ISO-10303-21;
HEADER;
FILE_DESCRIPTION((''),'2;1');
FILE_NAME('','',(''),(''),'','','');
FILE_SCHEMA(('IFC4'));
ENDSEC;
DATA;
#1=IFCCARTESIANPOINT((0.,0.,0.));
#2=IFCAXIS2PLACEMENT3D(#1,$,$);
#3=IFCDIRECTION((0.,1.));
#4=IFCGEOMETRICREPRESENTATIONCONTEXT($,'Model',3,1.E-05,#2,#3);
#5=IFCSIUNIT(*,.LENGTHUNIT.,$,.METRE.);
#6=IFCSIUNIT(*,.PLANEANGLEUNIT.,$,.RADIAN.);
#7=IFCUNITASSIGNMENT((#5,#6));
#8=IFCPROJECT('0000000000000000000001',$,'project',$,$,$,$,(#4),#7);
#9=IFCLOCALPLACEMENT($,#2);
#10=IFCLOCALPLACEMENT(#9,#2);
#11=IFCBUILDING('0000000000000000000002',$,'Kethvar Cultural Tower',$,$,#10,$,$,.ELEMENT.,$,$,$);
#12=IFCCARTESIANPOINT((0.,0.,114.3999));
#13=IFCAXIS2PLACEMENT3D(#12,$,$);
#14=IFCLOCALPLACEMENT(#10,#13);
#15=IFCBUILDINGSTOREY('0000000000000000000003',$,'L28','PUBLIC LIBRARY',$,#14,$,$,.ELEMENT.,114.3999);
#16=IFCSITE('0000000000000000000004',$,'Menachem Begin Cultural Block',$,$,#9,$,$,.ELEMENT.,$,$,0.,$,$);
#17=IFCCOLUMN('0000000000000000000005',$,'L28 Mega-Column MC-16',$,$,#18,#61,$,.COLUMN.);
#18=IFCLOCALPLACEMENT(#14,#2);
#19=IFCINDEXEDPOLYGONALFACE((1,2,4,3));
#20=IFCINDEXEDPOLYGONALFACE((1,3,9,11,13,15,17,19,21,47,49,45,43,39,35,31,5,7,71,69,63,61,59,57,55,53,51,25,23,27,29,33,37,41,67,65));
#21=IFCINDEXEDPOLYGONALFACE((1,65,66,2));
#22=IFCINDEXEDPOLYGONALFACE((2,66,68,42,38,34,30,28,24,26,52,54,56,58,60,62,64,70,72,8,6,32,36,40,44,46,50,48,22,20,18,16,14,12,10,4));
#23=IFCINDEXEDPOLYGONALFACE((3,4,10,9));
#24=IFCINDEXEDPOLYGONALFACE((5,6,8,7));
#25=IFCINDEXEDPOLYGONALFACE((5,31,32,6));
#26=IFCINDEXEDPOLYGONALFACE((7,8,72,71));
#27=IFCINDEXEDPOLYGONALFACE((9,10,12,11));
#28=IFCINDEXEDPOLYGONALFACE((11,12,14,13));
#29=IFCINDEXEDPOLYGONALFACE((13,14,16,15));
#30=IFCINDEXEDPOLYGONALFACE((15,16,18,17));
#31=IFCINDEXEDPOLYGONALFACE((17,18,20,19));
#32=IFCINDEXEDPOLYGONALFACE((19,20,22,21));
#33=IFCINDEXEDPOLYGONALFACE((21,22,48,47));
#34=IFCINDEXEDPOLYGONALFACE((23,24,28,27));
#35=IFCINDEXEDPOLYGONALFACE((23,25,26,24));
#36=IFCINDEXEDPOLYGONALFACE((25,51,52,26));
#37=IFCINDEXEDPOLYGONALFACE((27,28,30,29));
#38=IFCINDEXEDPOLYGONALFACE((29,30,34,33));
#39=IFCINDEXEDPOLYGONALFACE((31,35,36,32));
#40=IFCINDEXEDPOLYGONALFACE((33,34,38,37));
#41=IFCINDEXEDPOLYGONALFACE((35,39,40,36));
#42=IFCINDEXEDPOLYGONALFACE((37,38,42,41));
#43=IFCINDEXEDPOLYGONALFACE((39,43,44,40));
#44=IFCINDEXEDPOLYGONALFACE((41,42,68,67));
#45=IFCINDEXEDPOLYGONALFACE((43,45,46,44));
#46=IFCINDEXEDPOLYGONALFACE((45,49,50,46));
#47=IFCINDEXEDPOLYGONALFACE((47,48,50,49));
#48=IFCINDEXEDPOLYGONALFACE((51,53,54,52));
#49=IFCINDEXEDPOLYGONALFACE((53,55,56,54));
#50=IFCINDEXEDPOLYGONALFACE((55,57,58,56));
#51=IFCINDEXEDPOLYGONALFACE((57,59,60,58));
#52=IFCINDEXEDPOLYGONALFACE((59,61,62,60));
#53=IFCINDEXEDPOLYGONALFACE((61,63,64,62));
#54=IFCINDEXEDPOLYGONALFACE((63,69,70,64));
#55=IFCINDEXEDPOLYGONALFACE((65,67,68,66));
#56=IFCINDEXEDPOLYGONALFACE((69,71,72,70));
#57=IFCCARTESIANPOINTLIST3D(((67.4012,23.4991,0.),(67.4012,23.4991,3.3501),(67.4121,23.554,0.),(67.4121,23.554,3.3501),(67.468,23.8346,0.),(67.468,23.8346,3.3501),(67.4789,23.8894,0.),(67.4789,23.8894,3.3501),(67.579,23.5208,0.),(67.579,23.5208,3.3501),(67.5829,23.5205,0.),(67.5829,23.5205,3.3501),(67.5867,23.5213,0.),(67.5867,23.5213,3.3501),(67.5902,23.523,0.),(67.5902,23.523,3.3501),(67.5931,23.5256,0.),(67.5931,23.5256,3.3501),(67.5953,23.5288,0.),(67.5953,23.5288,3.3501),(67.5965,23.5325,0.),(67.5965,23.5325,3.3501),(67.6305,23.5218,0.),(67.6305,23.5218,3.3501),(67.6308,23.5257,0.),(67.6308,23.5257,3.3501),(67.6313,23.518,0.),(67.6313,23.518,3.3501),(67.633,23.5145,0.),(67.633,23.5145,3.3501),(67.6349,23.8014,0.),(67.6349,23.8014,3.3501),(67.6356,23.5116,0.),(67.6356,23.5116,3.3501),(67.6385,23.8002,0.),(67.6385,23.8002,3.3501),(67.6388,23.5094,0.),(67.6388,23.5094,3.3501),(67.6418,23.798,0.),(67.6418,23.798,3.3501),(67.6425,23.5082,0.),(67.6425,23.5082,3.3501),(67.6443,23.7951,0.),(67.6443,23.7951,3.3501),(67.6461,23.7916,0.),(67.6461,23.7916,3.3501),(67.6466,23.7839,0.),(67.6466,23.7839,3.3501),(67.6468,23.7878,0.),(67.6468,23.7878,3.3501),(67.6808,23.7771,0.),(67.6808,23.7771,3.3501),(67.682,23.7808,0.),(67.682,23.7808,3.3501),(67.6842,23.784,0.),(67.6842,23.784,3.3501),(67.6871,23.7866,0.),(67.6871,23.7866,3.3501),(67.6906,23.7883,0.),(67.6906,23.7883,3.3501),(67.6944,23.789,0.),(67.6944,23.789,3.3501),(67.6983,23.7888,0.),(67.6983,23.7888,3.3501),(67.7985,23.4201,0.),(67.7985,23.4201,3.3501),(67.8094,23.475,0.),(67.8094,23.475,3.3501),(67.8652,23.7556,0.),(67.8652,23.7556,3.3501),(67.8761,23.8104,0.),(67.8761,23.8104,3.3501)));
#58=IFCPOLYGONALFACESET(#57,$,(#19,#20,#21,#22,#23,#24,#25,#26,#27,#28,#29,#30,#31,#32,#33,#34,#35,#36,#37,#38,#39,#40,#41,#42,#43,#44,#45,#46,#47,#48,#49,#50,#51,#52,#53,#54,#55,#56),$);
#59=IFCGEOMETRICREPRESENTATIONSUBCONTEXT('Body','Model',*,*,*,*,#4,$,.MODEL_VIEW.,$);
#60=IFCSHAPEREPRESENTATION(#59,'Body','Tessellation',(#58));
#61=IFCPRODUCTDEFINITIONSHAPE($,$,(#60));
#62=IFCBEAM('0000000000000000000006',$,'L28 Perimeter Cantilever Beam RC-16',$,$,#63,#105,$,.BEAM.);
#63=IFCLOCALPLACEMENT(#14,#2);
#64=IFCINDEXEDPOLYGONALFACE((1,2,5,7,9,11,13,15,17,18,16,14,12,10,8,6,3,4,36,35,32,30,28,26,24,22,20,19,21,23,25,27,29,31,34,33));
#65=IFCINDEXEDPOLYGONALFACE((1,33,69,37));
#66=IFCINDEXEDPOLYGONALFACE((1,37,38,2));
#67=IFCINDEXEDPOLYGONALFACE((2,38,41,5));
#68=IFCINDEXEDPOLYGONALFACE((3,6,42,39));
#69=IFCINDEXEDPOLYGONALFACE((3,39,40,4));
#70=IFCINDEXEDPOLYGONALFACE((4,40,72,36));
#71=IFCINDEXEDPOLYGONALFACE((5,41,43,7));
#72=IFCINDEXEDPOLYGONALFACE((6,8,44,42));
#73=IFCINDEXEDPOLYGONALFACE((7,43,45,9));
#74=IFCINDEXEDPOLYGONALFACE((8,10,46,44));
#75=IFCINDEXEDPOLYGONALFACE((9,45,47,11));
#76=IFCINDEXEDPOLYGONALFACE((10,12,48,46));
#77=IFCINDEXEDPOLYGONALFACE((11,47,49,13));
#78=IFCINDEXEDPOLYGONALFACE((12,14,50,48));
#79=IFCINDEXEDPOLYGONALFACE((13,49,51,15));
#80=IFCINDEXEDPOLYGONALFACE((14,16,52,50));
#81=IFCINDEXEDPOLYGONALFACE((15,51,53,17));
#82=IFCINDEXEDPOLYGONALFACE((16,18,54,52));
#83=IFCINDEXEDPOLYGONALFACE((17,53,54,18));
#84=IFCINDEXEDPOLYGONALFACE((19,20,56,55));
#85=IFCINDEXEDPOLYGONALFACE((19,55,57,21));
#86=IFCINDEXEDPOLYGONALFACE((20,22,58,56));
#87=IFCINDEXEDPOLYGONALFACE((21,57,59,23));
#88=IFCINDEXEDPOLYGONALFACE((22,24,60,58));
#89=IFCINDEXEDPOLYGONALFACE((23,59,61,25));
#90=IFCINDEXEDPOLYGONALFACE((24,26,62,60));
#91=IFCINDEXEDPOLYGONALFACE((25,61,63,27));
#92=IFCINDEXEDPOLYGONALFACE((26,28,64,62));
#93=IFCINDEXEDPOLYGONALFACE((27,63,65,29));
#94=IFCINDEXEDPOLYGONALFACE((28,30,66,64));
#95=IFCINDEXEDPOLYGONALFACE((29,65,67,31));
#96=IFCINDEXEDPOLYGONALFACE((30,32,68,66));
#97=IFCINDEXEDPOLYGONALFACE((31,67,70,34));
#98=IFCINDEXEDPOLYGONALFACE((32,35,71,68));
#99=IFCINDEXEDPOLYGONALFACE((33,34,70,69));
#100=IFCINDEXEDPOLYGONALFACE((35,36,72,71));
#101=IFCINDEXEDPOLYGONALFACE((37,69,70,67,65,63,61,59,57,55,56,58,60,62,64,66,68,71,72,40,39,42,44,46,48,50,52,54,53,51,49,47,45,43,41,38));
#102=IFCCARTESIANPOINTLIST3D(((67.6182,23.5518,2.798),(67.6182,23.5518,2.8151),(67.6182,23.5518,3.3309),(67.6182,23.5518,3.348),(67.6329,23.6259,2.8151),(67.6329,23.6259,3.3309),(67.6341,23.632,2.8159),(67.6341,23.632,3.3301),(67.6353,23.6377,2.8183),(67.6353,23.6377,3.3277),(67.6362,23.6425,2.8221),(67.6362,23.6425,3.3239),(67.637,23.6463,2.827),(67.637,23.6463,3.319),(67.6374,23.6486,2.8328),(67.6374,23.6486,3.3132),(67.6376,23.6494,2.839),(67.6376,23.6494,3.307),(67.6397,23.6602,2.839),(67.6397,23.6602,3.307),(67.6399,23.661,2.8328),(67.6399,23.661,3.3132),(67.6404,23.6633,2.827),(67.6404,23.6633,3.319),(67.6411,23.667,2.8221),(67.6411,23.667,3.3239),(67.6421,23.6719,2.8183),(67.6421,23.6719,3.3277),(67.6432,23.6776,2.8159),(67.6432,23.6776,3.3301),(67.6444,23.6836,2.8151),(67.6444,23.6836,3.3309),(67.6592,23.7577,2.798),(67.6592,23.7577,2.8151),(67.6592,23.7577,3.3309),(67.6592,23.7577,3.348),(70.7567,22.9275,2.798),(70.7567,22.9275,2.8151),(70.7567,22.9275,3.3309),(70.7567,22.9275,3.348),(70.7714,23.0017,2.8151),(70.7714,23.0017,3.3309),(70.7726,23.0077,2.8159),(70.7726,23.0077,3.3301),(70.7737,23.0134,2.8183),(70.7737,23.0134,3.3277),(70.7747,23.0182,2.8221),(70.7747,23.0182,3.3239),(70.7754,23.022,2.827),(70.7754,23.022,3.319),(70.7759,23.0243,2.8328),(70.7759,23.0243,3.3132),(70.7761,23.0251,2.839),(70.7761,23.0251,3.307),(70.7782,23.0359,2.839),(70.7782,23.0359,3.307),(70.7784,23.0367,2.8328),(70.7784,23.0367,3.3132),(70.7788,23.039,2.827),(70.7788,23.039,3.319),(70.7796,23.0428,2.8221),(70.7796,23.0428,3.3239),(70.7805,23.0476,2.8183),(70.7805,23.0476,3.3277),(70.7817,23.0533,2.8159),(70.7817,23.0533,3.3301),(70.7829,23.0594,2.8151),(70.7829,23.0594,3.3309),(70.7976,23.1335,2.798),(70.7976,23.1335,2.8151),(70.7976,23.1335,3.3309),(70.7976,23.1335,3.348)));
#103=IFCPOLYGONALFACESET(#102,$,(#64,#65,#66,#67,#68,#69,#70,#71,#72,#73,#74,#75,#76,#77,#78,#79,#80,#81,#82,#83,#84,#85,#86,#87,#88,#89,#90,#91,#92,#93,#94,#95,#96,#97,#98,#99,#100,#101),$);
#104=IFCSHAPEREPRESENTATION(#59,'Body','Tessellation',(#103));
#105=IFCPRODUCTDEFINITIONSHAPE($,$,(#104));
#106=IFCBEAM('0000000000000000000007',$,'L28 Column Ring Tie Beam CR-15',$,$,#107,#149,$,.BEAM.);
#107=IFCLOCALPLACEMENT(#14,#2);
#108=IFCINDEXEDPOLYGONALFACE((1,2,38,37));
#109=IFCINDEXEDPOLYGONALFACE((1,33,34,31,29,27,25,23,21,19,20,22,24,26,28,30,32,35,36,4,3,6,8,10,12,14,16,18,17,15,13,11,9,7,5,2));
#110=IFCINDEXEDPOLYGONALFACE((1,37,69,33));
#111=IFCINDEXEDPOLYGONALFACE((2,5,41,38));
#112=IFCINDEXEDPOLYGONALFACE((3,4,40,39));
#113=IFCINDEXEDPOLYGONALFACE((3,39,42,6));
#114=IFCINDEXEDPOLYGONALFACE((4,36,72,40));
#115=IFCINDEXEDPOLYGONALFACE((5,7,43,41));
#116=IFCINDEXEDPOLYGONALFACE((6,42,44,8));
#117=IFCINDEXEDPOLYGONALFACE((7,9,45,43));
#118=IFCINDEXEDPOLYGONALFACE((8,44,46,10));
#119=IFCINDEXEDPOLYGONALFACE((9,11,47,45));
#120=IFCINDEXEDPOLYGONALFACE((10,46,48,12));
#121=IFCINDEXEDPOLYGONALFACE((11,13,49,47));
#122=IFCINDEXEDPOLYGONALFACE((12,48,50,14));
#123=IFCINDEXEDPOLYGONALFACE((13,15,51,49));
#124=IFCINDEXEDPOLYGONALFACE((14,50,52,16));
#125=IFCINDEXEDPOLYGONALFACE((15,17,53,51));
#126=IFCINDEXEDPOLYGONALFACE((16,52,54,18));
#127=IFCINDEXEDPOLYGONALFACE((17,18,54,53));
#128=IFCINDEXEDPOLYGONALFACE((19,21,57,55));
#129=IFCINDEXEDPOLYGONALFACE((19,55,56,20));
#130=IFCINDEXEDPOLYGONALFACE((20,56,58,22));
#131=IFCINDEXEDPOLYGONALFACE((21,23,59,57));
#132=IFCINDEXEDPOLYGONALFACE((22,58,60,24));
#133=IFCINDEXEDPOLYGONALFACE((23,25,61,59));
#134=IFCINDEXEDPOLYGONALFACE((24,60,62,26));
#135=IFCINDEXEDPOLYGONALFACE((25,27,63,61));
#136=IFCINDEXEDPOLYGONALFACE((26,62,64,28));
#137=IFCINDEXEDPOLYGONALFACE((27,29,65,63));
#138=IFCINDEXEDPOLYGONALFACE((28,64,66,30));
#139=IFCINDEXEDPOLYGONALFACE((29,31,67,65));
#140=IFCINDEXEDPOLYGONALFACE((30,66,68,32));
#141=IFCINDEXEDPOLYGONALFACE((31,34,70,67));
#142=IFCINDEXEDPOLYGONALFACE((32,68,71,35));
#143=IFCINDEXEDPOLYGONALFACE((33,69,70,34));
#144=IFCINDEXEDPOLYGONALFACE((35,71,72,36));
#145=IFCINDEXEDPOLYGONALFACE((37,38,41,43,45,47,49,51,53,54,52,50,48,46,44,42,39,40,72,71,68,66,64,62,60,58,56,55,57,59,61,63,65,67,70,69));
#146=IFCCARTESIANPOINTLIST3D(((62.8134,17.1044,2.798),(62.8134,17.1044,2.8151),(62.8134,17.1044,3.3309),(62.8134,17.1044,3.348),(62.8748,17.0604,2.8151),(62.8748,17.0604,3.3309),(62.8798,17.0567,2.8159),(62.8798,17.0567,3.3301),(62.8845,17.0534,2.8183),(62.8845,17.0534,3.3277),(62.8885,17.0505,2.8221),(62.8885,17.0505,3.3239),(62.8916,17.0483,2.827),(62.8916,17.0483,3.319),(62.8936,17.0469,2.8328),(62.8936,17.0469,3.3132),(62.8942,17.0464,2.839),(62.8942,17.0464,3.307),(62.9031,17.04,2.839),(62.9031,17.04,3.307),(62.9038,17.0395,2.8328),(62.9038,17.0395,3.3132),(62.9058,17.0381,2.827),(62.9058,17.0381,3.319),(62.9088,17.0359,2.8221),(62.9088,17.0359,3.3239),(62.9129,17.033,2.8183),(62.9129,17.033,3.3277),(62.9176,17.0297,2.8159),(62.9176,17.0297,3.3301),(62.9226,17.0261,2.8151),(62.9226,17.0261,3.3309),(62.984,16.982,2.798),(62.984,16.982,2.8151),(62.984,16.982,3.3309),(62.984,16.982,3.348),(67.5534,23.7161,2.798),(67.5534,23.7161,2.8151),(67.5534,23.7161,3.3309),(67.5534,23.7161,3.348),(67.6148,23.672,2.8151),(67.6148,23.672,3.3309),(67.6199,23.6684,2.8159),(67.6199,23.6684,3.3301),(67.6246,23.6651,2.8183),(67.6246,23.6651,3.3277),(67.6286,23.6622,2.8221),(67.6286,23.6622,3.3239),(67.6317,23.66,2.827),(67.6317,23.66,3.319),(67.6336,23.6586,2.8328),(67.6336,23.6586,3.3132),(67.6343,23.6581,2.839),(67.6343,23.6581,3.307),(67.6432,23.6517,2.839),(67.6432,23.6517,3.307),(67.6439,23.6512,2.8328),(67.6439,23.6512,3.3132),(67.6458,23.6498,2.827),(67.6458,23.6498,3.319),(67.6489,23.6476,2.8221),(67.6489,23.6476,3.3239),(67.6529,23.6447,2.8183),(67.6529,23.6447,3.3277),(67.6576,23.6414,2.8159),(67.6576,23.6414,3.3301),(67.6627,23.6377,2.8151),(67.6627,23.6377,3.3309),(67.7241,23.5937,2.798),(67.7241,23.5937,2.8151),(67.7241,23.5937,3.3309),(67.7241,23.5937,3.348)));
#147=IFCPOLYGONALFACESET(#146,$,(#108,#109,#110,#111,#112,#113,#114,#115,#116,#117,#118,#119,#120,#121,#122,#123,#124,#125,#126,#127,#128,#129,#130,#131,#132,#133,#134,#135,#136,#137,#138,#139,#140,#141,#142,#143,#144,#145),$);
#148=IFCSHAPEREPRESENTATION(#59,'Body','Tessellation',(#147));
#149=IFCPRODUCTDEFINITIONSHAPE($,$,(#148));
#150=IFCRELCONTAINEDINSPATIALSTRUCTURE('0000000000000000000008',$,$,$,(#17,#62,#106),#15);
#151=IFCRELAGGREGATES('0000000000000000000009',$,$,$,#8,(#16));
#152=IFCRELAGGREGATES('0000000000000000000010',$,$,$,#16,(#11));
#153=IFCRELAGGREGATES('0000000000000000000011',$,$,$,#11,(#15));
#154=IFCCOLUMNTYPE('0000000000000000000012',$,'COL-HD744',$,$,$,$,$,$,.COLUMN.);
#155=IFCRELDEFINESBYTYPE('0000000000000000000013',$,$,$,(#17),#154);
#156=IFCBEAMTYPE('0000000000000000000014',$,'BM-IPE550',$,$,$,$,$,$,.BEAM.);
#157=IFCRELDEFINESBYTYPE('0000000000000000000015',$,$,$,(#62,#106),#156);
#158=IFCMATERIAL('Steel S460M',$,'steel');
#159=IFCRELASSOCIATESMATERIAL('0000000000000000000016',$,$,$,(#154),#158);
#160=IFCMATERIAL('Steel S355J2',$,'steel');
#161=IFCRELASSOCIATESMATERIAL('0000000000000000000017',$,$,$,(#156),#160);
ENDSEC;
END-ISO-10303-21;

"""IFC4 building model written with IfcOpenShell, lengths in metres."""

from ifc_helpers import new_model, si_unit, direction, frame, origin, origin_2d, place, context, subcontext, project, spatial, i_section, extrude, source, transform, mapped, material, material_profile, profile_set, type_object, element, save


model = new_model("IFC4")

# Units and contexts
model_context = context("Model", 3, precision=1e-05, world=origin(), true_north=direction((0.0, 1.0)))
body_context = subcontext(model_context, "Body", "Model", "MODEL_VIEW")
ifc_project = project(units=[si_unit("LENGTHUNIT", "METRE"), si_unit("PLANEANGLEUNIT", "RADIAN")], contexts=[model_context])

# Site, building, storey
site_placement = place(None, origin())
site = spatial("IfcSite", under=ifc_project, at=site_placement, Name="Menachem Begin Cultural Block", CompositionType="ELEMENT", RefElevation=0.0)
building_placement = place(site_placement, origin())
building = spatial("IfcBuilding", under=site, at=building_placement, Name="Kethvar Cultural Tower", CompositionType="ELEMENT")
storey_placement = place(building_placement, frame((0.0, 0.0, 114.3999)))
storey = spatial("IfcBuildingStorey", under=building, at=storey_placement, Name="L28", Description="PUBLIC LIBRARY", CompositionType="ELEMENT", Elevation=114.3999)

# Column
ifc_material_1 = material(Name="Steel S460M", Category="steel")
ifc_material_profile_1 = material_profile(ifc_material_1, i_section(OverallWidth=0.405, OverallDepth=0.3979, WebThickness=0.0349, FlangeThickness=0.0559, FilletRadius=0.0149, at=origin_2d()), Name="Steel S460M — HD400x744")
ifc_profile_set_1 = profile_set([ifc_material_profile_1], Name="Steel S460M — HD400x744")
column_type = type_object("IfcColumnType", Name="COL-HD744", PredefinedType="COLUMN", material=ifc_profile_set_1)
shared_shape_1 = source(origin(), body_context, "Body", "SweptSolid", [
    extrude(i_section(OverallWidth=0.405, OverallDepth=0.3979, WebThickness=0.0349, FlangeThickness=0.0559, FilletRadius=0.0149, at=origin_2d()), origin(), (0.0, 0.0, 1.0), 3.3501),
])
column_placement = place(storey_placement, frame((67.6387, 23.6548, 0.0), z_axis=(0.0, 0.0, 1.0), x_axis=(0.980785, -0.19509, 0.0)))
element("IfcColumn", 1, at=column_placement, inside=storey, type_object=column_type, Name="L28 Mega-Column MC-16", PredefinedType="COLUMN", context=body_context, shape_type="MappedRepresentation", body=[
    mapped(shared_shape_1, transform((0.0, 0.0, 0.0), scale=1.0)),
])

# Beams
ifc_material_2 = material(Name="Steel S355J2", Category="steel")
ifc_material_profile_2 = material_profile(ifc_material_2, i_section(OverallWidth=0.21, OverallDepth=0.55, WebThickness=0.011, FlangeThickness=0.0171, FilletRadius=0.0239, at=origin_2d()), Name="Steel S355J2 — IPE550")
ifc_profile_set_2 = profile_set([ifc_material_profile_2], Name="Steel S355J2 — IPE550")
beam_type_1 = type_object("IfcBeamType", Name="BM-IPE550", PredefinedType="BEAM", material=ifc_profile_set_2)
shared_shape_2 = source(origin(), body_context, "Body", "SweptSolid", [
    extrude(i_section(OverallWidth=0.21, OverallDepth=0.55, WebThickness=0.011, FlangeThickness=0.0171, FilletRadius=0.0239, at=origin_2d()), origin(), (0.0, 0.0, 1.0), 3.2),
])
beam_1_placement = place(storey_placement, frame((67.6387, 23.6548, 3.073), z_axis=(0.980786, -0.195089, 0.0), x_axis=(0.195089, 0.980786, 0.0)))
element("IfcBeam", 2, at=beam_1_placement, inside=storey, type_object=beam_type_1, Name="L28 Perimeter Cantilever Beam RC-16", PredefinedType="BEAM", context=body_context, shape_type="MappedRepresentation", body=[
    mapped(shared_shape_2, transform((0.0, 0.0, 0.0), scale=1.0)),
])
shared_shape_3 = source(origin(), body_context, "Body", "SweptSolid", [
    extrude(i_section(OverallWidth=0.21, OverallDepth=0.55, WebThickness=0.011, FlangeThickness=0.0171, FilletRadius=0.0239, at=origin_2d()), origin(), (0.0, 0.0, 1.0), 8.1353),
])
beam_2_placement = place(storey_placement, frame((62.8987, 17.0432, 3.073), z_axis=(0.582657, 0.812718, 0.0), x_axis=(-0.812718, 0.582657, 0.0)))
element("IfcBeam", 3, at=beam_2_placement, inside=storey, type_object=beam_type_1, Name="L28 Column Ring Tie Beam CR-15", PredefinedType="BEAM", context=body_context, shape_type="MappedRepresentation", body=[
    mapped(shared_shape_3, transform((0.0, 0.0, 0.0), scale=1.0)),
])

save(model, "model.ifc")
